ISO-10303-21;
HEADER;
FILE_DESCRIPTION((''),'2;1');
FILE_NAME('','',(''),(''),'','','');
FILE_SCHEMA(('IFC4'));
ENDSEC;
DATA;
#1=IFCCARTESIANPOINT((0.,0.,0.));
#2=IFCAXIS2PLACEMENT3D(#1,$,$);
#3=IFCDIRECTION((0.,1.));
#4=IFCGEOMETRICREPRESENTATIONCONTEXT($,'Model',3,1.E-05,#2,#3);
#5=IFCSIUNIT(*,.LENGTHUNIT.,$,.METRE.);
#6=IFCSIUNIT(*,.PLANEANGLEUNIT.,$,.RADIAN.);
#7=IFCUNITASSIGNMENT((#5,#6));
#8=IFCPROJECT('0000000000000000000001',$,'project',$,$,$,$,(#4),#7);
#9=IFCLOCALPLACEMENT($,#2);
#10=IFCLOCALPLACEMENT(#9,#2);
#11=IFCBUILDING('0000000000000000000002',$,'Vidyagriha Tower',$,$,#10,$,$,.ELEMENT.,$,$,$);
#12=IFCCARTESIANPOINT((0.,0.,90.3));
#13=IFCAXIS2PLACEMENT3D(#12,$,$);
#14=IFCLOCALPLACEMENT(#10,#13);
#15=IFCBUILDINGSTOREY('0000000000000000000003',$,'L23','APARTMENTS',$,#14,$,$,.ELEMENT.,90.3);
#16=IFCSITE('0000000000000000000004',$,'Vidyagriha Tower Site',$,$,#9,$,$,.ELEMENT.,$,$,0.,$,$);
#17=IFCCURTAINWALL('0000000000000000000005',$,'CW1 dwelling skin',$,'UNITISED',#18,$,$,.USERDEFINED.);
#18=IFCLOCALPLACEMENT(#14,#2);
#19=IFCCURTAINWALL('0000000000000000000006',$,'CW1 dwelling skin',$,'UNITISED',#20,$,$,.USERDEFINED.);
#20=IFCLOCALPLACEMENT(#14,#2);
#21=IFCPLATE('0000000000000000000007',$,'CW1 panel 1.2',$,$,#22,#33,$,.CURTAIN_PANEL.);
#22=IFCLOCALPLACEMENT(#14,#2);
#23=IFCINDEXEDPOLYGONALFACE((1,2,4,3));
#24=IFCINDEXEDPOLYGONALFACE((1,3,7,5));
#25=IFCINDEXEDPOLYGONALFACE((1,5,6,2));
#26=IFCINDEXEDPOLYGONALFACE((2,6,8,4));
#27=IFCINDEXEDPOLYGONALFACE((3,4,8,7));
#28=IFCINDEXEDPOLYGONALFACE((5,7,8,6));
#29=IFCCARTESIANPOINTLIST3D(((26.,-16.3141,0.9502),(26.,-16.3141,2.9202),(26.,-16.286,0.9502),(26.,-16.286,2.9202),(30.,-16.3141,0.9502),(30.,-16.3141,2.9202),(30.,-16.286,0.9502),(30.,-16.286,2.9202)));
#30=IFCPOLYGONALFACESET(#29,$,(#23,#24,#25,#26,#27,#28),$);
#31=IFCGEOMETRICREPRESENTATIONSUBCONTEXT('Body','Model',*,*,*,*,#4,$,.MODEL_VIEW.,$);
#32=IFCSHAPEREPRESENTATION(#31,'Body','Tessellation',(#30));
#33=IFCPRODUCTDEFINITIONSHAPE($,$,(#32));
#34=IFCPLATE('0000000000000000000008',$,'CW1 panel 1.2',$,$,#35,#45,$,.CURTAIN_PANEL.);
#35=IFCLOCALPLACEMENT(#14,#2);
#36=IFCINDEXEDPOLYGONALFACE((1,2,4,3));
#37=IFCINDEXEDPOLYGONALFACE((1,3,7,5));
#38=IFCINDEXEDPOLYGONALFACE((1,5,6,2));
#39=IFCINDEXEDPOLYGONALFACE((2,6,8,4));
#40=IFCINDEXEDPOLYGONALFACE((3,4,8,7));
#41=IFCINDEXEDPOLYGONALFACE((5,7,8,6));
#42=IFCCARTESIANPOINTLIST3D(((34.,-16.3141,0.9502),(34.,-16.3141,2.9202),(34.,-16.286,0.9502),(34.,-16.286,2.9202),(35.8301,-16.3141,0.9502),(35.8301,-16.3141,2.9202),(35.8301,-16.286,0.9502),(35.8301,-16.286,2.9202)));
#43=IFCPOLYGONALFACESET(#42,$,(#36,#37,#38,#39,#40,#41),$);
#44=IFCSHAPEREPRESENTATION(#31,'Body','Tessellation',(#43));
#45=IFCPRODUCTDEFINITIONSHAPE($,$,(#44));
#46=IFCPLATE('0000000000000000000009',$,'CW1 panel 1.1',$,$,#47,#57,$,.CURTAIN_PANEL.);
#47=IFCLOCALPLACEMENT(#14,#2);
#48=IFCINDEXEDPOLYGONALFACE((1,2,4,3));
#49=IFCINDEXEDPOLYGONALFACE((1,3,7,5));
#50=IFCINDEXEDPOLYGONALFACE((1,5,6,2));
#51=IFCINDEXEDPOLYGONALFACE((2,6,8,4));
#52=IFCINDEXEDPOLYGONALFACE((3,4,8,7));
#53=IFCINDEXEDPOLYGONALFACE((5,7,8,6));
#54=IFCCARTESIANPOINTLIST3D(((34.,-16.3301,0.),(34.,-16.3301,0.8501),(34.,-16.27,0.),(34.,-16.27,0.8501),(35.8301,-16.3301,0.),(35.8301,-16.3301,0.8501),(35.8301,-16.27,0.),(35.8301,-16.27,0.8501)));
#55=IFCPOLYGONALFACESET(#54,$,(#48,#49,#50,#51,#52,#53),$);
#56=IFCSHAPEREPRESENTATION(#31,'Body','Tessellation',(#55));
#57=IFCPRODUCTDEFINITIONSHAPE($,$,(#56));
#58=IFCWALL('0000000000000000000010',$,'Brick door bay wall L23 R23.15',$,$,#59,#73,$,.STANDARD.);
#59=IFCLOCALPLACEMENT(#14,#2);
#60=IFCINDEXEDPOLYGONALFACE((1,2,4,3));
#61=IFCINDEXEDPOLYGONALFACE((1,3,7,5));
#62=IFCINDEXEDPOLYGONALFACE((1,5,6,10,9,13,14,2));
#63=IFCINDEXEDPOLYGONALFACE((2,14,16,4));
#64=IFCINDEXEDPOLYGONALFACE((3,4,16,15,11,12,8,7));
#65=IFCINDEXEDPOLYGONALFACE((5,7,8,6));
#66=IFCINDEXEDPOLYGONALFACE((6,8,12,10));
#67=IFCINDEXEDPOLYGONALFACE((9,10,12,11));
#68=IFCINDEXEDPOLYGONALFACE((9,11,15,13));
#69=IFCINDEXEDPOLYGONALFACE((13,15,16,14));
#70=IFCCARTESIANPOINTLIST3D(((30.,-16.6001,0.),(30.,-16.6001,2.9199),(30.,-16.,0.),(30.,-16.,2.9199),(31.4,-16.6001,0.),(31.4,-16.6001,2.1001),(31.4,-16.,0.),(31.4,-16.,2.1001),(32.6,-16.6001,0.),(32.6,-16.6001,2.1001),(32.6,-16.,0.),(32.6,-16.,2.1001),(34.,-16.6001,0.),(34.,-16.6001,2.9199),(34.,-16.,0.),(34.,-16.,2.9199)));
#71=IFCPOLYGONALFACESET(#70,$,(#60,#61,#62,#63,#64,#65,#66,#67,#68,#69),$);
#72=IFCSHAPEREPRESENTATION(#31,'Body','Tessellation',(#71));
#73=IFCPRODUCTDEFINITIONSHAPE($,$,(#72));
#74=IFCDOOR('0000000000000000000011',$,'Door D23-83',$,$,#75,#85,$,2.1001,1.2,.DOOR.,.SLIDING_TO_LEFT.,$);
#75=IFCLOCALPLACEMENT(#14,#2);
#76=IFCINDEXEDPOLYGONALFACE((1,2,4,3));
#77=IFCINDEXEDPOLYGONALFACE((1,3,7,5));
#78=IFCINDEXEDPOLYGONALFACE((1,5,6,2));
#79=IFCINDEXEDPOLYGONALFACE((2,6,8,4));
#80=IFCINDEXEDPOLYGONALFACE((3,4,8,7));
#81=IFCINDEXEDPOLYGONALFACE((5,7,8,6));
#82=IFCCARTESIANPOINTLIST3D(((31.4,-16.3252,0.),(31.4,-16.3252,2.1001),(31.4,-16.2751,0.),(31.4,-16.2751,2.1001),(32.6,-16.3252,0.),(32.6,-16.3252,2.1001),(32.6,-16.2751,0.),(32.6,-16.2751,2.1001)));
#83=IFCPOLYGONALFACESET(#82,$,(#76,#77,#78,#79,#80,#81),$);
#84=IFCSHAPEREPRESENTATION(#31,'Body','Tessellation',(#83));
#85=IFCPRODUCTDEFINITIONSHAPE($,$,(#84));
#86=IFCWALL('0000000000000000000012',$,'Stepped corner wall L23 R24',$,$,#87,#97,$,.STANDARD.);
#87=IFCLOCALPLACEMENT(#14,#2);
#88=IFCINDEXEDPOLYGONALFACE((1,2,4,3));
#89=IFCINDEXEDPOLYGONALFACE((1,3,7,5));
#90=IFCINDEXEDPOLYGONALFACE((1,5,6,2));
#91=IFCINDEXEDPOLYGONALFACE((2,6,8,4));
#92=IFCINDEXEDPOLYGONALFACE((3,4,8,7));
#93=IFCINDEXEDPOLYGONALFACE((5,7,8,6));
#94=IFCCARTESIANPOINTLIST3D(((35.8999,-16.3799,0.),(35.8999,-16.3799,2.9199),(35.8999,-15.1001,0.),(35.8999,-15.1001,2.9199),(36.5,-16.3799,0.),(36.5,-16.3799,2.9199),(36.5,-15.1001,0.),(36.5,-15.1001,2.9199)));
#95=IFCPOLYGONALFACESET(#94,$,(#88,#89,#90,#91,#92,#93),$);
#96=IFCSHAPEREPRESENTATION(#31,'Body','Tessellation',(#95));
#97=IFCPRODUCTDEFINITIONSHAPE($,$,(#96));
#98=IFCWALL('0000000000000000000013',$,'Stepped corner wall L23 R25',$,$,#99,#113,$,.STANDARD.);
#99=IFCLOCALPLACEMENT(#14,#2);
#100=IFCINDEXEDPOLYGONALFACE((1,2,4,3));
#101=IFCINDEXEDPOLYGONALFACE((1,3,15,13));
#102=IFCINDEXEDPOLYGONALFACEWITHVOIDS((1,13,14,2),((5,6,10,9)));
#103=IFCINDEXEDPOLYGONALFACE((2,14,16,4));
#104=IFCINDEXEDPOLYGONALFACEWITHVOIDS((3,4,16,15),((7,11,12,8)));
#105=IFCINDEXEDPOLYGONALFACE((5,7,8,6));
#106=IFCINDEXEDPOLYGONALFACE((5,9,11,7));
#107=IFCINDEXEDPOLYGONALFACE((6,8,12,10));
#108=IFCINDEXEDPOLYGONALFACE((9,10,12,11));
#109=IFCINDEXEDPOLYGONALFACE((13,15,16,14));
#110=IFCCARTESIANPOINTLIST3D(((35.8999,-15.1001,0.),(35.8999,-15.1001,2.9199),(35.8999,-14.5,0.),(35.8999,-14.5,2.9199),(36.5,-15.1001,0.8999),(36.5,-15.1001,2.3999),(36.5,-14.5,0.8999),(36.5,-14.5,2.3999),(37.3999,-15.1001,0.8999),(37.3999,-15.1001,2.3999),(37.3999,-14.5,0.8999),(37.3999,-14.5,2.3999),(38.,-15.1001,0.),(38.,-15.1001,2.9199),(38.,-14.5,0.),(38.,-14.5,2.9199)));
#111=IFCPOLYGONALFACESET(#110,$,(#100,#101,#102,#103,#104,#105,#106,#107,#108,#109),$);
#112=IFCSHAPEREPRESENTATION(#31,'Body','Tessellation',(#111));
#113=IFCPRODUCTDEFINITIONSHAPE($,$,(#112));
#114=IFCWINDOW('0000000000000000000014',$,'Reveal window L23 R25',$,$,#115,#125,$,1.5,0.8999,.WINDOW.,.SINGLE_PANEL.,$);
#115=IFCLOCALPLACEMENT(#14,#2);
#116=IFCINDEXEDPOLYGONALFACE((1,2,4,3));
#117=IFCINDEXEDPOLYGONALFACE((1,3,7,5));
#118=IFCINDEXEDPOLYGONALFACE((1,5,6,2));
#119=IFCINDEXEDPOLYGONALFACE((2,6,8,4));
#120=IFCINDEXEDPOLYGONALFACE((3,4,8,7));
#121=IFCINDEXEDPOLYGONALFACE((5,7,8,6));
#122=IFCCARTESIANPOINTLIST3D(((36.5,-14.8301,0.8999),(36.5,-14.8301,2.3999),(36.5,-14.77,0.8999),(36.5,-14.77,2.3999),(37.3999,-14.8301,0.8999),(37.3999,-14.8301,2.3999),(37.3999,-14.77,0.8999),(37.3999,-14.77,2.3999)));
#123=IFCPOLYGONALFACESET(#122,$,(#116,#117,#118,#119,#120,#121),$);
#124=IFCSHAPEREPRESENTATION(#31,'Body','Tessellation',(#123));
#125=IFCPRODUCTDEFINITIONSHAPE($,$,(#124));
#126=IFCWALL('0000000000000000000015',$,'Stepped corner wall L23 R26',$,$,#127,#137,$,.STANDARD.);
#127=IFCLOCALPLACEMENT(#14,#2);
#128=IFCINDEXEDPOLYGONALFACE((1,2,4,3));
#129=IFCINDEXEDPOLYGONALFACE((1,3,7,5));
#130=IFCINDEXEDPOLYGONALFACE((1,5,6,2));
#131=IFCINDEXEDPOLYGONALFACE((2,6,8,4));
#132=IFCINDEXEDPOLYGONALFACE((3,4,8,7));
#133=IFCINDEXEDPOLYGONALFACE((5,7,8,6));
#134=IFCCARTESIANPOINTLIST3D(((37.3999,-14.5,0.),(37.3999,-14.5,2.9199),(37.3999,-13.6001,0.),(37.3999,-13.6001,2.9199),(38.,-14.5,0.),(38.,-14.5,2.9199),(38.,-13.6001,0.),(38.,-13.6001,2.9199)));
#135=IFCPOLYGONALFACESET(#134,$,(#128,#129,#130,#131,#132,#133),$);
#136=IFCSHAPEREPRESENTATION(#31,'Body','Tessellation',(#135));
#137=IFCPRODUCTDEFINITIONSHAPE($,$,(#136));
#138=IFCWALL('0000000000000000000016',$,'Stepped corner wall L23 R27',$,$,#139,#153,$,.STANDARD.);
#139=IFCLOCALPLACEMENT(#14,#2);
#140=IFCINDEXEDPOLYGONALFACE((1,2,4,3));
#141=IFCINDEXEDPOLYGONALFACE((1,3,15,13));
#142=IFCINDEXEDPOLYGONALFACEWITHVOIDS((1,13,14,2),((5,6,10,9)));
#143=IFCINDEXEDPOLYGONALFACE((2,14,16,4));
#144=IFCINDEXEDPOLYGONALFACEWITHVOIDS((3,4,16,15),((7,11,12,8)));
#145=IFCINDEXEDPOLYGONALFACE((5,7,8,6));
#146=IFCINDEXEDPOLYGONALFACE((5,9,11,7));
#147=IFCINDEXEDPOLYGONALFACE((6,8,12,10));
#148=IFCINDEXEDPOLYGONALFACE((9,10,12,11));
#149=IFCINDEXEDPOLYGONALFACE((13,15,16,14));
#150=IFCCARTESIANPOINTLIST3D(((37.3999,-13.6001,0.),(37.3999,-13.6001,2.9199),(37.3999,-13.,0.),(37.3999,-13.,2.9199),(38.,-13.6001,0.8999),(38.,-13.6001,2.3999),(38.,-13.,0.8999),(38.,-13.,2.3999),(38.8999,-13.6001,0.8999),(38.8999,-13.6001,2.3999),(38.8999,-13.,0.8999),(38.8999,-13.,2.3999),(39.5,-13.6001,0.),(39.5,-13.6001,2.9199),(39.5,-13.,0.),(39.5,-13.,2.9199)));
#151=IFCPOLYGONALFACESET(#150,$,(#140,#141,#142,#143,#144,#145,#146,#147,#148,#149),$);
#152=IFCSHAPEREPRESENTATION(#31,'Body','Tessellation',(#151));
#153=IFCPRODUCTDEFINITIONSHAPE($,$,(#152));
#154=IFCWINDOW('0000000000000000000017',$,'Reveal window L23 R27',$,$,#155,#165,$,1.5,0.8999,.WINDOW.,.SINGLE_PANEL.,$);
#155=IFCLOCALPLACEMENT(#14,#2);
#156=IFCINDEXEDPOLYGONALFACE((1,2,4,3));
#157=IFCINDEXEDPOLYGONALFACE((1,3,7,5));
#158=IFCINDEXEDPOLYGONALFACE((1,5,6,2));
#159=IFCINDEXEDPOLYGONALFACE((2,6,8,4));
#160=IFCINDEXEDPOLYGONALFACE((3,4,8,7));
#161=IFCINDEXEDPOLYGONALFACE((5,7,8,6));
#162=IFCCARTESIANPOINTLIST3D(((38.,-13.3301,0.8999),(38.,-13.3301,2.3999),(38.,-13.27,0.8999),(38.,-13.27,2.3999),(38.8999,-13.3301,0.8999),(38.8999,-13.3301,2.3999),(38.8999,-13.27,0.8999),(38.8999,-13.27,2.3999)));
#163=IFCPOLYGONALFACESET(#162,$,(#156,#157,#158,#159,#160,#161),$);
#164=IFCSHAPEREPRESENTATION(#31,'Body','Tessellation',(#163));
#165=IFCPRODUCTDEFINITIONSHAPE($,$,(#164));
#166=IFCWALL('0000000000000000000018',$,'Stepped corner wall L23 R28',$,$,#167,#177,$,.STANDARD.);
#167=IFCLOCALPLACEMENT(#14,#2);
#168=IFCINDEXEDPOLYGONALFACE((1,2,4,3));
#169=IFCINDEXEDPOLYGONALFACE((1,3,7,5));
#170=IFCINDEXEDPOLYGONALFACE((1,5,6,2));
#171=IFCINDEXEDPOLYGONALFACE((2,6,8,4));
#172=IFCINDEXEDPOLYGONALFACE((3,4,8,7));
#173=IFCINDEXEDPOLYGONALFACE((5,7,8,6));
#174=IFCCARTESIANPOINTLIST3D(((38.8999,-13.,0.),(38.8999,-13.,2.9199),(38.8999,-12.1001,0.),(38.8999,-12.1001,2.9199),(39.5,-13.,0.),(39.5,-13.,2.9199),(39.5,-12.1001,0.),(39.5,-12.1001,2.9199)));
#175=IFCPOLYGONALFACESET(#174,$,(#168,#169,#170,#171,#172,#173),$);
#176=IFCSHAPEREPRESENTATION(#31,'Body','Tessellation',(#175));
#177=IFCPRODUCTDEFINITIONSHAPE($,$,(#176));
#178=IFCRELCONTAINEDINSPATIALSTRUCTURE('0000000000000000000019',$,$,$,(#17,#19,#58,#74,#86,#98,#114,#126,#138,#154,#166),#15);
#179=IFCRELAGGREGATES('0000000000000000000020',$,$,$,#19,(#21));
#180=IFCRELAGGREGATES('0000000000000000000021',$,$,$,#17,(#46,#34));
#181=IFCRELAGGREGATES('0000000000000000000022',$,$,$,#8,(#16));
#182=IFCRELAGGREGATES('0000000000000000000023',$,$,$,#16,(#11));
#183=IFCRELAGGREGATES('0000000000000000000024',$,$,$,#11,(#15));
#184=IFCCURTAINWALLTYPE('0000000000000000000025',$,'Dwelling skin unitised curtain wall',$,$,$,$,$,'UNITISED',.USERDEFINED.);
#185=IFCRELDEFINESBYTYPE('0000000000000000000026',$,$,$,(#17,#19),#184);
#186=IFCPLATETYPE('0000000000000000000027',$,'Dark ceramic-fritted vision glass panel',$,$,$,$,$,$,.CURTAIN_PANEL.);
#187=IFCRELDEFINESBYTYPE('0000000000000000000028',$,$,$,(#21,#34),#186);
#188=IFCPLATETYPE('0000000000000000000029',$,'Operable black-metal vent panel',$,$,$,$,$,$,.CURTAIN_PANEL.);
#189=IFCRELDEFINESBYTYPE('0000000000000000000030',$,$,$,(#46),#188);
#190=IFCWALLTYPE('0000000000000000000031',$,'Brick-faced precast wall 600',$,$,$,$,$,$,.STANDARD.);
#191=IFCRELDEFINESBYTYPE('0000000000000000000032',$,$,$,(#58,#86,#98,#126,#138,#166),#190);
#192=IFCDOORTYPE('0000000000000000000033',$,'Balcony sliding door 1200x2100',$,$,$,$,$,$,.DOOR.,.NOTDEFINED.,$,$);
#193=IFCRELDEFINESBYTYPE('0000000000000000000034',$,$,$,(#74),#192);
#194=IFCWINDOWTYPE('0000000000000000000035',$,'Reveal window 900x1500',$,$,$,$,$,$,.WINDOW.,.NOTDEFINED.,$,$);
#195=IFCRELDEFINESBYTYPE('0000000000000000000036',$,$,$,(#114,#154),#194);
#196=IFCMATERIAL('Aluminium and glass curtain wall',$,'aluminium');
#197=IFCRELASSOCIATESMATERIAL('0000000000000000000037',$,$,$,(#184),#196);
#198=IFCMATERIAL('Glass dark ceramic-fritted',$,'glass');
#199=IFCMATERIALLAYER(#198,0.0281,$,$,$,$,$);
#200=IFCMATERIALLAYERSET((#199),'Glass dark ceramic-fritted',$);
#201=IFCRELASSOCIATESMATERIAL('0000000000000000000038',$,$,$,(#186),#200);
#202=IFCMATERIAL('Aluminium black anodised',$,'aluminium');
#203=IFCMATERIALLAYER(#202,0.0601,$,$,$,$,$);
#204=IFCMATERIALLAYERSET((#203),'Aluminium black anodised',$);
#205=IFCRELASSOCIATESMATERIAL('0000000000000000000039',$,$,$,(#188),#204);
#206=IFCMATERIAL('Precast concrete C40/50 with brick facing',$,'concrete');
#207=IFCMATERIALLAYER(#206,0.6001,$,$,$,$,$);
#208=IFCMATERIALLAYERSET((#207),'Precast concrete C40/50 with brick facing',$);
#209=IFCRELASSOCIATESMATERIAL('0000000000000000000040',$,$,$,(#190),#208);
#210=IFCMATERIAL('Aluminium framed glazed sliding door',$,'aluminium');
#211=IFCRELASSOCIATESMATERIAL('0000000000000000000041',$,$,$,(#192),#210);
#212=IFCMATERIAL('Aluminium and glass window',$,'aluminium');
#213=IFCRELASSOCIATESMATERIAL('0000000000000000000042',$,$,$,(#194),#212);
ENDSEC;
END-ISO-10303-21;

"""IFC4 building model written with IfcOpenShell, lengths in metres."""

from ifc_helpers import new_model, si_unit, direction, frame, frame_2d, origin, origin_2d, place, context, subcontext, project, spatial, rectangle, extrude, material, layer, layer_set, type_object, element, fill, aggregate, save


model = new_model("IFC4")

# Units and contexts
model_context = context("Model", 3, precision=1e-05, world=origin(), true_north=direction((0.0, 1.0)))
body_context = subcontext(model_context, "Body", "Model", "MODEL_VIEW")
ifc_project = project(units=[si_unit("LENGTHUNIT", "METRE"), si_unit("PLANEANGLEUNIT", "RADIAN")], contexts=[model_context])

# Site, building, storey
site_placement = place(None, origin())
site = spatial("IfcSite", under=ifc_project, at=site_placement, Name="Vidyagriha Tower Site", CompositionType="ELEMENT", RefElevation=0.0)
building_placement = place(site_placement, origin())
building = spatial("IfcBuilding", under=site, at=building_placement, Name="Vidyagriha Tower", CompositionType="ELEMENT")
storey_placement = place(building_placement, frame((0.0, 0.0, 90.3)))
storey = spatial("IfcBuildingStorey", under=building, at=storey_placement, Name="L23", Description="APARTMENTS", CompositionType="ELEMENT", Elevation=90.3)

# Curtain wall
ifc_material_1 = material(Name="Aluminium and glass curtain wall", Category="aluminium")
curtain_wall_type = type_object("IfcCurtainWallType", Name="Dwelling skin unitised curtain wall", ElementType="UNITISED", PredefinedType="USERDEFINED", material=ifc_material_1)
curtain_wall_1_placement = place(storey_placement, origin())
curtain_wall_1 = element("IfcCurtainWall", 1, at=curtain_wall_1_placement, inside=storey, type_object=curtain_wall_type, Name="CW1 dwelling skin", ObjectType="UNITISED", PredefinedType="USERDEFINED")

# Curtain wall, plate
curtain_wall_2_placement = place(storey_placement, origin())
curtain_wall_2 = element("IfcCurtainWall", 2, at=curtain_wall_2_placement, inside=storey, type_object=curtain_wall_type, Name="CW1 dwelling skin", ObjectType="UNITISED", PredefinedType="USERDEFINED")
ifc_material_2 = material(Name="Glass dark ceramic-fritted", Category="glass")
ifc_layer_1 = layer(ifc_material_2, 0.0281)
ifc_layer_set_1 = layer_set([ifc_layer_1], Name="Glass dark ceramic-fritted")
plate_type_1 = type_object("IfcPlateType", Name="Dark ceramic-fritted vision glass panel", PredefinedType="CURTAIN_PANEL", material=ifc_layer_set_1)
plate_1_placement = place(storey_placement, frame((28.0, -16.3, 0.9502)))
plate_1 = element("IfcPlate", 3, at=plate_1_placement, type_object=plate_type_1, Name="CW1 panel 1.2", PredefinedType="CURTAIN_PANEL", context=body_context, shape_type="SweptSolid", body=[
    extrude(rectangle(XDim=4.0, YDim=0.0281, at=origin_2d()), origin(), (0.0, 0.0, 1.0), 1.97),
])
aggregate(curtain_wall_2, [plate_1])

# Plates
plate_2_placement = place(storey_placement, frame((34.915, -16.3, 0.9502)))
plate_2 = element("IfcPlate", 4, at=plate_2_placement, type_object=plate_type_1, Name="CW1 panel 1.2", PredefinedType="CURTAIN_PANEL", context=body_context, shape_type="SweptSolid", body=[
    extrude(rectangle(XDim=1.8301, YDim=0.0281, at=origin_2d()), origin(), (0.0, 0.0, 1.0), 1.97),
])
ifc_material_3 = material(Name="Aluminium black anodised", Category="aluminium")
ifc_layer_2 = layer(ifc_material_3, 0.0601)
ifc_layer_set_2 = layer_set([ifc_layer_2], Name="Aluminium black anodised")
plate_type_2 = type_object("IfcPlateType", Name="Operable black-metal vent panel", PredefinedType="CURTAIN_PANEL", material=ifc_layer_set_2)
plate_3_placement = place(storey_placement, frame((34.915, -16.3, 0.0)))
plate_3 = element("IfcPlate", 5, at=plate_3_placement, type_object=plate_type_2, Name="CW1 panel 1.1", PredefinedType="CURTAIN_PANEL", context=body_context, shape_type="SweptSolid", body=[
    extrude(rectangle(XDim=1.8301, YDim=0.0601, at=origin_2d()), origin(), (0.0, 0.0, 1.0), 0.8501),
])
aggregate(curtain_wall_1, [plate_3, plate_2])

# Wall, opening, door
ifc_material_4 = material(Name="Precast concrete C40/50 with brick facing", Category="concrete")
ifc_layer_3 = layer(ifc_material_4, 0.6001)
ifc_layer_set_3 = layer_set([ifc_layer_3], Name="Precast concrete C40/50 with brick facing")
wall_type = type_object("IfcWallType", Name="Brick-faced precast wall 600", PredefinedType="STANDARD", material=ifc_layer_set_3)
wall_1_placement = place(storey_placement, frame((30.0, -16.3, 0.0)))
wall_1 = element("IfcWall", 6, at=wall_1_placement, inside=storey, type_object=wall_type, Name="Brick door bay wall L23 R23.15", PredefinedType="STANDARD", context=body_context, shape_type="SweptSolid", body=[
    extrude(rectangle(XDim=4.0, YDim=0.6001, at=frame_2d((2.0, 0.0))), origin(), (0.0, 0.0, 1.0), 2.9199),
])
opening_1_placement = place(wall_1_placement, frame((1.3999, 0.0, 0.0)))
opening_1 = element("IfcOpeningElement", 7, at=opening_1_placement, cuts=wall_1, PredefinedType="OPENING", context=body_context, shape_type="SweptSolid", body=[
    extrude(rectangle(XDim=1.2, YDim=2.1001, at=frame_2d((0.6001, 1.05))), frame((0.0, 0.3101, 0.0), z_axis=(0.0, -1.0, 0.0), x_axis=(1.0, 0.0, 0.0)), (0.0, 0.0, 1.0), 0.6201),
])
ifc_material_5 = material(Name="Aluminium framed glazed sliding door", Category="aluminium")
door_type = type_object("IfcDoorType", Name="Balcony sliding door 1200x2100", OperationType="NOTDEFINED", PredefinedType="DOOR", material=ifc_material_5)
door_placement = place(opening_1_placement, origin())
door = element("IfcDoor", 8, at=door_placement, inside=storey, type_object=door_type, Name="Door D23-83", OperationType="SLIDING_TO_LEFT", OverallHeight=2.1001, OverallWidth=1.2, PredefinedType="DOOR", context=body_context, shape_type="SweptSolid", body=[
    extrude(rectangle(XDim=1.2, YDim=2.1001, at=frame_2d((0.6001, 1.05))), frame((0.0, 0.0249, 0.0), z_axis=(0.0, -1.0, 0.0), x_axis=(1.0, 0.0, 0.0)), (0.0, 0.0, 1.0), 0.05),
])
fill(opening_1, door)

# Wall
wall_2_placement = place(storey_placement, frame((36.2, -16.3799, 0.0), z_axis=(0.0, 0.0, 1.0), x_axis=(0.0, 1.0, 0.0)))
element("IfcWall", 9, at=wall_2_placement, inside=storey, type_object=wall_type, Name="Stepped corner wall L23 R24", PredefinedType="STANDARD", context=body_context, shape_type="SweptSolid", body=[
    extrude(rectangle(XDim=1.2798, YDim=0.6001, at=frame_2d((0.6399, 0.0))), origin(), (0.0, 0.0, 1.0), 2.9199),
])

# Wall, opening, window
wall_3_placement = place(storey_placement, frame((35.8999, -14.8, 0.0)))
wall_3 = element("IfcWall", 10, at=wall_3_placement, inside=storey, type_object=wall_type, Name="Stepped corner wall L23 R25", PredefinedType="STANDARD", context=body_context, shape_type="SweptSolid", body=[
    extrude(rectangle(XDim=2.1001, YDim=0.6001, at=frame_2d((1.05, 0.0))), origin(), (0.0, 0.0, 1.0), 2.9199),
])
opening_2_placement = place(wall_3_placement, frame((0.6001, 0.0, 0.8999)))
opening_2 = element("IfcOpeningElement", 11, at=opening_2_placement, cuts=wall_3, PredefinedType="OPENING", context=body_context, shape_type="SweptSolid", body=[
    extrude(rectangle(XDim=0.8999, YDim=1.5, at=frame_2d((0.45, 0.75))), frame((0.0, 0.3101, 0.0), z_axis=(0.0, -1.0, 0.0), x_axis=(1.0, 0.0, 0.0)), (0.0, 0.0, 1.0), 0.6201),
])
ifc_material_6 = material(Name="Aluminium and glass window", Category="aluminium")
window_type = type_object("IfcWindowType", Name="Reveal window 900x1500", PartitioningType="NOTDEFINED", PredefinedType="WINDOW", material=ifc_material_6)
window_1_placement = place(opening_2_placement, origin())
window_1 = element("IfcWindow", 12, at=window_1_placement, inside=storey, type_object=window_type, Name="Reveal window L23 R25", OverallHeight=1.5, OverallWidth=0.8999, PartitioningType="SINGLE_PANEL", PredefinedType="WINDOW", context=body_context, shape_type="SweptSolid", body=[
    extrude(rectangle(XDim=0.8999, YDim=1.5, at=frame_2d((0.45, 0.75))), frame((0.0, 0.03, 0.0), z_axis=(0.0, -1.0, 0.0), x_axis=(1.0, 0.0, 0.0)), (0.0, 0.0, 1.0), 0.0601),
])
fill(opening_2, window_1)

# Wall
wall_4_placement = place(storey_placement, frame((37.7, -14.5, 0.0), z_axis=(0.0, 0.0, 1.0), x_axis=(0.0, 1.0, 0.0)))
element("IfcWall", 13, at=wall_4_placement, inside=storey, type_object=wall_type, Name="Stepped corner wall L23 R26", PredefinedType="STANDARD", context=body_context, shape_type="SweptSolid", body=[
    extrude(rectangle(XDim=0.8999, YDim=0.6001, at=frame_2d((0.45, 0.0))), origin(), (0.0, 0.0, 1.0), 2.9199),
])

# Wall, opening, window
wall_5_placement = place(storey_placement, frame((37.3999, -13.3, 0.0)))
wall_5 = element("IfcWall", 14, at=wall_5_placement, inside=storey, type_object=wall_type, Name="Stepped corner wall L23 R27", PredefinedType="STANDARD", context=body_context, shape_type="SweptSolid", body=[
    extrude(rectangle(XDim=2.1001, YDim=0.6001, at=frame_2d((1.05, 0.0))), origin(), (0.0, 0.0, 1.0), 2.9199),
])
opening_3_placement = place(wall_5_placement, frame((0.6001, 0.0, 0.8999)))
opening_3 = element("IfcOpeningElement", 15, at=opening_3_placement, cuts=wall_5, PredefinedType="OPENING", context=body_context, shape_type="SweptSolid", body=[
    extrude(rectangle(XDim=0.8999, YDim=1.5, at=frame_2d((0.45, 0.75))), frame((0.0, 0.3101, 0.0), z_axis=(0.0, -1.0, 0.0), x_axis=(1.0, 0.0, 0.0)), (0.0, 0.0, 1.0), 0.6201),
])
window_2_placement = place(opening_3_placement, origin())
window_2 = element("IfcWindow", 16, at=window_2_placement, inside=storey, type_object=window_type, Name="Reveal window L23 R27", OverallHeight=1.5, OverallWidth=0.8999, PartitioningType="SINGLE_PANEL", PredefinedType="WINDOW", context=body_context, shape_type="SweptSolid", body=[
    extrude(rectangle(XDim=0.8999, YDim=1.5, at=frame_2d((0.45, 0.75))), frame((0.0, 0.03, 0.0), z_axis=(0.0, -1.0, 0.0), x_axis=(1.0, 0.0, 0.0)), (0.0, 0.0, 1.0), 0.0601),
])
fill(opening_3, window_2)

# Wall
wall_6_placement = place(storey_placement, frame((39.2, -13.0, 0.0), z_axis=(0.0, 0.0, 1.0), x_axis=(0.0, 1.0, 0.0)))
element("IfcWall", 17, at=wall_6_placement, inside=storey, type_object=wall_type, Name="Stepped corner wall L23 R28", PredefinedType="STANDARD", context=body_context, shape_type="SweptSolid", body=[
    extrude(rectangle(XDim=0.8999, YDim=0.6001, at=frame_2d((0.45, 0.0))), origin(), (0.0, 0.0, 1.0), 2.9199),
])

save(model, "model.ifc")
